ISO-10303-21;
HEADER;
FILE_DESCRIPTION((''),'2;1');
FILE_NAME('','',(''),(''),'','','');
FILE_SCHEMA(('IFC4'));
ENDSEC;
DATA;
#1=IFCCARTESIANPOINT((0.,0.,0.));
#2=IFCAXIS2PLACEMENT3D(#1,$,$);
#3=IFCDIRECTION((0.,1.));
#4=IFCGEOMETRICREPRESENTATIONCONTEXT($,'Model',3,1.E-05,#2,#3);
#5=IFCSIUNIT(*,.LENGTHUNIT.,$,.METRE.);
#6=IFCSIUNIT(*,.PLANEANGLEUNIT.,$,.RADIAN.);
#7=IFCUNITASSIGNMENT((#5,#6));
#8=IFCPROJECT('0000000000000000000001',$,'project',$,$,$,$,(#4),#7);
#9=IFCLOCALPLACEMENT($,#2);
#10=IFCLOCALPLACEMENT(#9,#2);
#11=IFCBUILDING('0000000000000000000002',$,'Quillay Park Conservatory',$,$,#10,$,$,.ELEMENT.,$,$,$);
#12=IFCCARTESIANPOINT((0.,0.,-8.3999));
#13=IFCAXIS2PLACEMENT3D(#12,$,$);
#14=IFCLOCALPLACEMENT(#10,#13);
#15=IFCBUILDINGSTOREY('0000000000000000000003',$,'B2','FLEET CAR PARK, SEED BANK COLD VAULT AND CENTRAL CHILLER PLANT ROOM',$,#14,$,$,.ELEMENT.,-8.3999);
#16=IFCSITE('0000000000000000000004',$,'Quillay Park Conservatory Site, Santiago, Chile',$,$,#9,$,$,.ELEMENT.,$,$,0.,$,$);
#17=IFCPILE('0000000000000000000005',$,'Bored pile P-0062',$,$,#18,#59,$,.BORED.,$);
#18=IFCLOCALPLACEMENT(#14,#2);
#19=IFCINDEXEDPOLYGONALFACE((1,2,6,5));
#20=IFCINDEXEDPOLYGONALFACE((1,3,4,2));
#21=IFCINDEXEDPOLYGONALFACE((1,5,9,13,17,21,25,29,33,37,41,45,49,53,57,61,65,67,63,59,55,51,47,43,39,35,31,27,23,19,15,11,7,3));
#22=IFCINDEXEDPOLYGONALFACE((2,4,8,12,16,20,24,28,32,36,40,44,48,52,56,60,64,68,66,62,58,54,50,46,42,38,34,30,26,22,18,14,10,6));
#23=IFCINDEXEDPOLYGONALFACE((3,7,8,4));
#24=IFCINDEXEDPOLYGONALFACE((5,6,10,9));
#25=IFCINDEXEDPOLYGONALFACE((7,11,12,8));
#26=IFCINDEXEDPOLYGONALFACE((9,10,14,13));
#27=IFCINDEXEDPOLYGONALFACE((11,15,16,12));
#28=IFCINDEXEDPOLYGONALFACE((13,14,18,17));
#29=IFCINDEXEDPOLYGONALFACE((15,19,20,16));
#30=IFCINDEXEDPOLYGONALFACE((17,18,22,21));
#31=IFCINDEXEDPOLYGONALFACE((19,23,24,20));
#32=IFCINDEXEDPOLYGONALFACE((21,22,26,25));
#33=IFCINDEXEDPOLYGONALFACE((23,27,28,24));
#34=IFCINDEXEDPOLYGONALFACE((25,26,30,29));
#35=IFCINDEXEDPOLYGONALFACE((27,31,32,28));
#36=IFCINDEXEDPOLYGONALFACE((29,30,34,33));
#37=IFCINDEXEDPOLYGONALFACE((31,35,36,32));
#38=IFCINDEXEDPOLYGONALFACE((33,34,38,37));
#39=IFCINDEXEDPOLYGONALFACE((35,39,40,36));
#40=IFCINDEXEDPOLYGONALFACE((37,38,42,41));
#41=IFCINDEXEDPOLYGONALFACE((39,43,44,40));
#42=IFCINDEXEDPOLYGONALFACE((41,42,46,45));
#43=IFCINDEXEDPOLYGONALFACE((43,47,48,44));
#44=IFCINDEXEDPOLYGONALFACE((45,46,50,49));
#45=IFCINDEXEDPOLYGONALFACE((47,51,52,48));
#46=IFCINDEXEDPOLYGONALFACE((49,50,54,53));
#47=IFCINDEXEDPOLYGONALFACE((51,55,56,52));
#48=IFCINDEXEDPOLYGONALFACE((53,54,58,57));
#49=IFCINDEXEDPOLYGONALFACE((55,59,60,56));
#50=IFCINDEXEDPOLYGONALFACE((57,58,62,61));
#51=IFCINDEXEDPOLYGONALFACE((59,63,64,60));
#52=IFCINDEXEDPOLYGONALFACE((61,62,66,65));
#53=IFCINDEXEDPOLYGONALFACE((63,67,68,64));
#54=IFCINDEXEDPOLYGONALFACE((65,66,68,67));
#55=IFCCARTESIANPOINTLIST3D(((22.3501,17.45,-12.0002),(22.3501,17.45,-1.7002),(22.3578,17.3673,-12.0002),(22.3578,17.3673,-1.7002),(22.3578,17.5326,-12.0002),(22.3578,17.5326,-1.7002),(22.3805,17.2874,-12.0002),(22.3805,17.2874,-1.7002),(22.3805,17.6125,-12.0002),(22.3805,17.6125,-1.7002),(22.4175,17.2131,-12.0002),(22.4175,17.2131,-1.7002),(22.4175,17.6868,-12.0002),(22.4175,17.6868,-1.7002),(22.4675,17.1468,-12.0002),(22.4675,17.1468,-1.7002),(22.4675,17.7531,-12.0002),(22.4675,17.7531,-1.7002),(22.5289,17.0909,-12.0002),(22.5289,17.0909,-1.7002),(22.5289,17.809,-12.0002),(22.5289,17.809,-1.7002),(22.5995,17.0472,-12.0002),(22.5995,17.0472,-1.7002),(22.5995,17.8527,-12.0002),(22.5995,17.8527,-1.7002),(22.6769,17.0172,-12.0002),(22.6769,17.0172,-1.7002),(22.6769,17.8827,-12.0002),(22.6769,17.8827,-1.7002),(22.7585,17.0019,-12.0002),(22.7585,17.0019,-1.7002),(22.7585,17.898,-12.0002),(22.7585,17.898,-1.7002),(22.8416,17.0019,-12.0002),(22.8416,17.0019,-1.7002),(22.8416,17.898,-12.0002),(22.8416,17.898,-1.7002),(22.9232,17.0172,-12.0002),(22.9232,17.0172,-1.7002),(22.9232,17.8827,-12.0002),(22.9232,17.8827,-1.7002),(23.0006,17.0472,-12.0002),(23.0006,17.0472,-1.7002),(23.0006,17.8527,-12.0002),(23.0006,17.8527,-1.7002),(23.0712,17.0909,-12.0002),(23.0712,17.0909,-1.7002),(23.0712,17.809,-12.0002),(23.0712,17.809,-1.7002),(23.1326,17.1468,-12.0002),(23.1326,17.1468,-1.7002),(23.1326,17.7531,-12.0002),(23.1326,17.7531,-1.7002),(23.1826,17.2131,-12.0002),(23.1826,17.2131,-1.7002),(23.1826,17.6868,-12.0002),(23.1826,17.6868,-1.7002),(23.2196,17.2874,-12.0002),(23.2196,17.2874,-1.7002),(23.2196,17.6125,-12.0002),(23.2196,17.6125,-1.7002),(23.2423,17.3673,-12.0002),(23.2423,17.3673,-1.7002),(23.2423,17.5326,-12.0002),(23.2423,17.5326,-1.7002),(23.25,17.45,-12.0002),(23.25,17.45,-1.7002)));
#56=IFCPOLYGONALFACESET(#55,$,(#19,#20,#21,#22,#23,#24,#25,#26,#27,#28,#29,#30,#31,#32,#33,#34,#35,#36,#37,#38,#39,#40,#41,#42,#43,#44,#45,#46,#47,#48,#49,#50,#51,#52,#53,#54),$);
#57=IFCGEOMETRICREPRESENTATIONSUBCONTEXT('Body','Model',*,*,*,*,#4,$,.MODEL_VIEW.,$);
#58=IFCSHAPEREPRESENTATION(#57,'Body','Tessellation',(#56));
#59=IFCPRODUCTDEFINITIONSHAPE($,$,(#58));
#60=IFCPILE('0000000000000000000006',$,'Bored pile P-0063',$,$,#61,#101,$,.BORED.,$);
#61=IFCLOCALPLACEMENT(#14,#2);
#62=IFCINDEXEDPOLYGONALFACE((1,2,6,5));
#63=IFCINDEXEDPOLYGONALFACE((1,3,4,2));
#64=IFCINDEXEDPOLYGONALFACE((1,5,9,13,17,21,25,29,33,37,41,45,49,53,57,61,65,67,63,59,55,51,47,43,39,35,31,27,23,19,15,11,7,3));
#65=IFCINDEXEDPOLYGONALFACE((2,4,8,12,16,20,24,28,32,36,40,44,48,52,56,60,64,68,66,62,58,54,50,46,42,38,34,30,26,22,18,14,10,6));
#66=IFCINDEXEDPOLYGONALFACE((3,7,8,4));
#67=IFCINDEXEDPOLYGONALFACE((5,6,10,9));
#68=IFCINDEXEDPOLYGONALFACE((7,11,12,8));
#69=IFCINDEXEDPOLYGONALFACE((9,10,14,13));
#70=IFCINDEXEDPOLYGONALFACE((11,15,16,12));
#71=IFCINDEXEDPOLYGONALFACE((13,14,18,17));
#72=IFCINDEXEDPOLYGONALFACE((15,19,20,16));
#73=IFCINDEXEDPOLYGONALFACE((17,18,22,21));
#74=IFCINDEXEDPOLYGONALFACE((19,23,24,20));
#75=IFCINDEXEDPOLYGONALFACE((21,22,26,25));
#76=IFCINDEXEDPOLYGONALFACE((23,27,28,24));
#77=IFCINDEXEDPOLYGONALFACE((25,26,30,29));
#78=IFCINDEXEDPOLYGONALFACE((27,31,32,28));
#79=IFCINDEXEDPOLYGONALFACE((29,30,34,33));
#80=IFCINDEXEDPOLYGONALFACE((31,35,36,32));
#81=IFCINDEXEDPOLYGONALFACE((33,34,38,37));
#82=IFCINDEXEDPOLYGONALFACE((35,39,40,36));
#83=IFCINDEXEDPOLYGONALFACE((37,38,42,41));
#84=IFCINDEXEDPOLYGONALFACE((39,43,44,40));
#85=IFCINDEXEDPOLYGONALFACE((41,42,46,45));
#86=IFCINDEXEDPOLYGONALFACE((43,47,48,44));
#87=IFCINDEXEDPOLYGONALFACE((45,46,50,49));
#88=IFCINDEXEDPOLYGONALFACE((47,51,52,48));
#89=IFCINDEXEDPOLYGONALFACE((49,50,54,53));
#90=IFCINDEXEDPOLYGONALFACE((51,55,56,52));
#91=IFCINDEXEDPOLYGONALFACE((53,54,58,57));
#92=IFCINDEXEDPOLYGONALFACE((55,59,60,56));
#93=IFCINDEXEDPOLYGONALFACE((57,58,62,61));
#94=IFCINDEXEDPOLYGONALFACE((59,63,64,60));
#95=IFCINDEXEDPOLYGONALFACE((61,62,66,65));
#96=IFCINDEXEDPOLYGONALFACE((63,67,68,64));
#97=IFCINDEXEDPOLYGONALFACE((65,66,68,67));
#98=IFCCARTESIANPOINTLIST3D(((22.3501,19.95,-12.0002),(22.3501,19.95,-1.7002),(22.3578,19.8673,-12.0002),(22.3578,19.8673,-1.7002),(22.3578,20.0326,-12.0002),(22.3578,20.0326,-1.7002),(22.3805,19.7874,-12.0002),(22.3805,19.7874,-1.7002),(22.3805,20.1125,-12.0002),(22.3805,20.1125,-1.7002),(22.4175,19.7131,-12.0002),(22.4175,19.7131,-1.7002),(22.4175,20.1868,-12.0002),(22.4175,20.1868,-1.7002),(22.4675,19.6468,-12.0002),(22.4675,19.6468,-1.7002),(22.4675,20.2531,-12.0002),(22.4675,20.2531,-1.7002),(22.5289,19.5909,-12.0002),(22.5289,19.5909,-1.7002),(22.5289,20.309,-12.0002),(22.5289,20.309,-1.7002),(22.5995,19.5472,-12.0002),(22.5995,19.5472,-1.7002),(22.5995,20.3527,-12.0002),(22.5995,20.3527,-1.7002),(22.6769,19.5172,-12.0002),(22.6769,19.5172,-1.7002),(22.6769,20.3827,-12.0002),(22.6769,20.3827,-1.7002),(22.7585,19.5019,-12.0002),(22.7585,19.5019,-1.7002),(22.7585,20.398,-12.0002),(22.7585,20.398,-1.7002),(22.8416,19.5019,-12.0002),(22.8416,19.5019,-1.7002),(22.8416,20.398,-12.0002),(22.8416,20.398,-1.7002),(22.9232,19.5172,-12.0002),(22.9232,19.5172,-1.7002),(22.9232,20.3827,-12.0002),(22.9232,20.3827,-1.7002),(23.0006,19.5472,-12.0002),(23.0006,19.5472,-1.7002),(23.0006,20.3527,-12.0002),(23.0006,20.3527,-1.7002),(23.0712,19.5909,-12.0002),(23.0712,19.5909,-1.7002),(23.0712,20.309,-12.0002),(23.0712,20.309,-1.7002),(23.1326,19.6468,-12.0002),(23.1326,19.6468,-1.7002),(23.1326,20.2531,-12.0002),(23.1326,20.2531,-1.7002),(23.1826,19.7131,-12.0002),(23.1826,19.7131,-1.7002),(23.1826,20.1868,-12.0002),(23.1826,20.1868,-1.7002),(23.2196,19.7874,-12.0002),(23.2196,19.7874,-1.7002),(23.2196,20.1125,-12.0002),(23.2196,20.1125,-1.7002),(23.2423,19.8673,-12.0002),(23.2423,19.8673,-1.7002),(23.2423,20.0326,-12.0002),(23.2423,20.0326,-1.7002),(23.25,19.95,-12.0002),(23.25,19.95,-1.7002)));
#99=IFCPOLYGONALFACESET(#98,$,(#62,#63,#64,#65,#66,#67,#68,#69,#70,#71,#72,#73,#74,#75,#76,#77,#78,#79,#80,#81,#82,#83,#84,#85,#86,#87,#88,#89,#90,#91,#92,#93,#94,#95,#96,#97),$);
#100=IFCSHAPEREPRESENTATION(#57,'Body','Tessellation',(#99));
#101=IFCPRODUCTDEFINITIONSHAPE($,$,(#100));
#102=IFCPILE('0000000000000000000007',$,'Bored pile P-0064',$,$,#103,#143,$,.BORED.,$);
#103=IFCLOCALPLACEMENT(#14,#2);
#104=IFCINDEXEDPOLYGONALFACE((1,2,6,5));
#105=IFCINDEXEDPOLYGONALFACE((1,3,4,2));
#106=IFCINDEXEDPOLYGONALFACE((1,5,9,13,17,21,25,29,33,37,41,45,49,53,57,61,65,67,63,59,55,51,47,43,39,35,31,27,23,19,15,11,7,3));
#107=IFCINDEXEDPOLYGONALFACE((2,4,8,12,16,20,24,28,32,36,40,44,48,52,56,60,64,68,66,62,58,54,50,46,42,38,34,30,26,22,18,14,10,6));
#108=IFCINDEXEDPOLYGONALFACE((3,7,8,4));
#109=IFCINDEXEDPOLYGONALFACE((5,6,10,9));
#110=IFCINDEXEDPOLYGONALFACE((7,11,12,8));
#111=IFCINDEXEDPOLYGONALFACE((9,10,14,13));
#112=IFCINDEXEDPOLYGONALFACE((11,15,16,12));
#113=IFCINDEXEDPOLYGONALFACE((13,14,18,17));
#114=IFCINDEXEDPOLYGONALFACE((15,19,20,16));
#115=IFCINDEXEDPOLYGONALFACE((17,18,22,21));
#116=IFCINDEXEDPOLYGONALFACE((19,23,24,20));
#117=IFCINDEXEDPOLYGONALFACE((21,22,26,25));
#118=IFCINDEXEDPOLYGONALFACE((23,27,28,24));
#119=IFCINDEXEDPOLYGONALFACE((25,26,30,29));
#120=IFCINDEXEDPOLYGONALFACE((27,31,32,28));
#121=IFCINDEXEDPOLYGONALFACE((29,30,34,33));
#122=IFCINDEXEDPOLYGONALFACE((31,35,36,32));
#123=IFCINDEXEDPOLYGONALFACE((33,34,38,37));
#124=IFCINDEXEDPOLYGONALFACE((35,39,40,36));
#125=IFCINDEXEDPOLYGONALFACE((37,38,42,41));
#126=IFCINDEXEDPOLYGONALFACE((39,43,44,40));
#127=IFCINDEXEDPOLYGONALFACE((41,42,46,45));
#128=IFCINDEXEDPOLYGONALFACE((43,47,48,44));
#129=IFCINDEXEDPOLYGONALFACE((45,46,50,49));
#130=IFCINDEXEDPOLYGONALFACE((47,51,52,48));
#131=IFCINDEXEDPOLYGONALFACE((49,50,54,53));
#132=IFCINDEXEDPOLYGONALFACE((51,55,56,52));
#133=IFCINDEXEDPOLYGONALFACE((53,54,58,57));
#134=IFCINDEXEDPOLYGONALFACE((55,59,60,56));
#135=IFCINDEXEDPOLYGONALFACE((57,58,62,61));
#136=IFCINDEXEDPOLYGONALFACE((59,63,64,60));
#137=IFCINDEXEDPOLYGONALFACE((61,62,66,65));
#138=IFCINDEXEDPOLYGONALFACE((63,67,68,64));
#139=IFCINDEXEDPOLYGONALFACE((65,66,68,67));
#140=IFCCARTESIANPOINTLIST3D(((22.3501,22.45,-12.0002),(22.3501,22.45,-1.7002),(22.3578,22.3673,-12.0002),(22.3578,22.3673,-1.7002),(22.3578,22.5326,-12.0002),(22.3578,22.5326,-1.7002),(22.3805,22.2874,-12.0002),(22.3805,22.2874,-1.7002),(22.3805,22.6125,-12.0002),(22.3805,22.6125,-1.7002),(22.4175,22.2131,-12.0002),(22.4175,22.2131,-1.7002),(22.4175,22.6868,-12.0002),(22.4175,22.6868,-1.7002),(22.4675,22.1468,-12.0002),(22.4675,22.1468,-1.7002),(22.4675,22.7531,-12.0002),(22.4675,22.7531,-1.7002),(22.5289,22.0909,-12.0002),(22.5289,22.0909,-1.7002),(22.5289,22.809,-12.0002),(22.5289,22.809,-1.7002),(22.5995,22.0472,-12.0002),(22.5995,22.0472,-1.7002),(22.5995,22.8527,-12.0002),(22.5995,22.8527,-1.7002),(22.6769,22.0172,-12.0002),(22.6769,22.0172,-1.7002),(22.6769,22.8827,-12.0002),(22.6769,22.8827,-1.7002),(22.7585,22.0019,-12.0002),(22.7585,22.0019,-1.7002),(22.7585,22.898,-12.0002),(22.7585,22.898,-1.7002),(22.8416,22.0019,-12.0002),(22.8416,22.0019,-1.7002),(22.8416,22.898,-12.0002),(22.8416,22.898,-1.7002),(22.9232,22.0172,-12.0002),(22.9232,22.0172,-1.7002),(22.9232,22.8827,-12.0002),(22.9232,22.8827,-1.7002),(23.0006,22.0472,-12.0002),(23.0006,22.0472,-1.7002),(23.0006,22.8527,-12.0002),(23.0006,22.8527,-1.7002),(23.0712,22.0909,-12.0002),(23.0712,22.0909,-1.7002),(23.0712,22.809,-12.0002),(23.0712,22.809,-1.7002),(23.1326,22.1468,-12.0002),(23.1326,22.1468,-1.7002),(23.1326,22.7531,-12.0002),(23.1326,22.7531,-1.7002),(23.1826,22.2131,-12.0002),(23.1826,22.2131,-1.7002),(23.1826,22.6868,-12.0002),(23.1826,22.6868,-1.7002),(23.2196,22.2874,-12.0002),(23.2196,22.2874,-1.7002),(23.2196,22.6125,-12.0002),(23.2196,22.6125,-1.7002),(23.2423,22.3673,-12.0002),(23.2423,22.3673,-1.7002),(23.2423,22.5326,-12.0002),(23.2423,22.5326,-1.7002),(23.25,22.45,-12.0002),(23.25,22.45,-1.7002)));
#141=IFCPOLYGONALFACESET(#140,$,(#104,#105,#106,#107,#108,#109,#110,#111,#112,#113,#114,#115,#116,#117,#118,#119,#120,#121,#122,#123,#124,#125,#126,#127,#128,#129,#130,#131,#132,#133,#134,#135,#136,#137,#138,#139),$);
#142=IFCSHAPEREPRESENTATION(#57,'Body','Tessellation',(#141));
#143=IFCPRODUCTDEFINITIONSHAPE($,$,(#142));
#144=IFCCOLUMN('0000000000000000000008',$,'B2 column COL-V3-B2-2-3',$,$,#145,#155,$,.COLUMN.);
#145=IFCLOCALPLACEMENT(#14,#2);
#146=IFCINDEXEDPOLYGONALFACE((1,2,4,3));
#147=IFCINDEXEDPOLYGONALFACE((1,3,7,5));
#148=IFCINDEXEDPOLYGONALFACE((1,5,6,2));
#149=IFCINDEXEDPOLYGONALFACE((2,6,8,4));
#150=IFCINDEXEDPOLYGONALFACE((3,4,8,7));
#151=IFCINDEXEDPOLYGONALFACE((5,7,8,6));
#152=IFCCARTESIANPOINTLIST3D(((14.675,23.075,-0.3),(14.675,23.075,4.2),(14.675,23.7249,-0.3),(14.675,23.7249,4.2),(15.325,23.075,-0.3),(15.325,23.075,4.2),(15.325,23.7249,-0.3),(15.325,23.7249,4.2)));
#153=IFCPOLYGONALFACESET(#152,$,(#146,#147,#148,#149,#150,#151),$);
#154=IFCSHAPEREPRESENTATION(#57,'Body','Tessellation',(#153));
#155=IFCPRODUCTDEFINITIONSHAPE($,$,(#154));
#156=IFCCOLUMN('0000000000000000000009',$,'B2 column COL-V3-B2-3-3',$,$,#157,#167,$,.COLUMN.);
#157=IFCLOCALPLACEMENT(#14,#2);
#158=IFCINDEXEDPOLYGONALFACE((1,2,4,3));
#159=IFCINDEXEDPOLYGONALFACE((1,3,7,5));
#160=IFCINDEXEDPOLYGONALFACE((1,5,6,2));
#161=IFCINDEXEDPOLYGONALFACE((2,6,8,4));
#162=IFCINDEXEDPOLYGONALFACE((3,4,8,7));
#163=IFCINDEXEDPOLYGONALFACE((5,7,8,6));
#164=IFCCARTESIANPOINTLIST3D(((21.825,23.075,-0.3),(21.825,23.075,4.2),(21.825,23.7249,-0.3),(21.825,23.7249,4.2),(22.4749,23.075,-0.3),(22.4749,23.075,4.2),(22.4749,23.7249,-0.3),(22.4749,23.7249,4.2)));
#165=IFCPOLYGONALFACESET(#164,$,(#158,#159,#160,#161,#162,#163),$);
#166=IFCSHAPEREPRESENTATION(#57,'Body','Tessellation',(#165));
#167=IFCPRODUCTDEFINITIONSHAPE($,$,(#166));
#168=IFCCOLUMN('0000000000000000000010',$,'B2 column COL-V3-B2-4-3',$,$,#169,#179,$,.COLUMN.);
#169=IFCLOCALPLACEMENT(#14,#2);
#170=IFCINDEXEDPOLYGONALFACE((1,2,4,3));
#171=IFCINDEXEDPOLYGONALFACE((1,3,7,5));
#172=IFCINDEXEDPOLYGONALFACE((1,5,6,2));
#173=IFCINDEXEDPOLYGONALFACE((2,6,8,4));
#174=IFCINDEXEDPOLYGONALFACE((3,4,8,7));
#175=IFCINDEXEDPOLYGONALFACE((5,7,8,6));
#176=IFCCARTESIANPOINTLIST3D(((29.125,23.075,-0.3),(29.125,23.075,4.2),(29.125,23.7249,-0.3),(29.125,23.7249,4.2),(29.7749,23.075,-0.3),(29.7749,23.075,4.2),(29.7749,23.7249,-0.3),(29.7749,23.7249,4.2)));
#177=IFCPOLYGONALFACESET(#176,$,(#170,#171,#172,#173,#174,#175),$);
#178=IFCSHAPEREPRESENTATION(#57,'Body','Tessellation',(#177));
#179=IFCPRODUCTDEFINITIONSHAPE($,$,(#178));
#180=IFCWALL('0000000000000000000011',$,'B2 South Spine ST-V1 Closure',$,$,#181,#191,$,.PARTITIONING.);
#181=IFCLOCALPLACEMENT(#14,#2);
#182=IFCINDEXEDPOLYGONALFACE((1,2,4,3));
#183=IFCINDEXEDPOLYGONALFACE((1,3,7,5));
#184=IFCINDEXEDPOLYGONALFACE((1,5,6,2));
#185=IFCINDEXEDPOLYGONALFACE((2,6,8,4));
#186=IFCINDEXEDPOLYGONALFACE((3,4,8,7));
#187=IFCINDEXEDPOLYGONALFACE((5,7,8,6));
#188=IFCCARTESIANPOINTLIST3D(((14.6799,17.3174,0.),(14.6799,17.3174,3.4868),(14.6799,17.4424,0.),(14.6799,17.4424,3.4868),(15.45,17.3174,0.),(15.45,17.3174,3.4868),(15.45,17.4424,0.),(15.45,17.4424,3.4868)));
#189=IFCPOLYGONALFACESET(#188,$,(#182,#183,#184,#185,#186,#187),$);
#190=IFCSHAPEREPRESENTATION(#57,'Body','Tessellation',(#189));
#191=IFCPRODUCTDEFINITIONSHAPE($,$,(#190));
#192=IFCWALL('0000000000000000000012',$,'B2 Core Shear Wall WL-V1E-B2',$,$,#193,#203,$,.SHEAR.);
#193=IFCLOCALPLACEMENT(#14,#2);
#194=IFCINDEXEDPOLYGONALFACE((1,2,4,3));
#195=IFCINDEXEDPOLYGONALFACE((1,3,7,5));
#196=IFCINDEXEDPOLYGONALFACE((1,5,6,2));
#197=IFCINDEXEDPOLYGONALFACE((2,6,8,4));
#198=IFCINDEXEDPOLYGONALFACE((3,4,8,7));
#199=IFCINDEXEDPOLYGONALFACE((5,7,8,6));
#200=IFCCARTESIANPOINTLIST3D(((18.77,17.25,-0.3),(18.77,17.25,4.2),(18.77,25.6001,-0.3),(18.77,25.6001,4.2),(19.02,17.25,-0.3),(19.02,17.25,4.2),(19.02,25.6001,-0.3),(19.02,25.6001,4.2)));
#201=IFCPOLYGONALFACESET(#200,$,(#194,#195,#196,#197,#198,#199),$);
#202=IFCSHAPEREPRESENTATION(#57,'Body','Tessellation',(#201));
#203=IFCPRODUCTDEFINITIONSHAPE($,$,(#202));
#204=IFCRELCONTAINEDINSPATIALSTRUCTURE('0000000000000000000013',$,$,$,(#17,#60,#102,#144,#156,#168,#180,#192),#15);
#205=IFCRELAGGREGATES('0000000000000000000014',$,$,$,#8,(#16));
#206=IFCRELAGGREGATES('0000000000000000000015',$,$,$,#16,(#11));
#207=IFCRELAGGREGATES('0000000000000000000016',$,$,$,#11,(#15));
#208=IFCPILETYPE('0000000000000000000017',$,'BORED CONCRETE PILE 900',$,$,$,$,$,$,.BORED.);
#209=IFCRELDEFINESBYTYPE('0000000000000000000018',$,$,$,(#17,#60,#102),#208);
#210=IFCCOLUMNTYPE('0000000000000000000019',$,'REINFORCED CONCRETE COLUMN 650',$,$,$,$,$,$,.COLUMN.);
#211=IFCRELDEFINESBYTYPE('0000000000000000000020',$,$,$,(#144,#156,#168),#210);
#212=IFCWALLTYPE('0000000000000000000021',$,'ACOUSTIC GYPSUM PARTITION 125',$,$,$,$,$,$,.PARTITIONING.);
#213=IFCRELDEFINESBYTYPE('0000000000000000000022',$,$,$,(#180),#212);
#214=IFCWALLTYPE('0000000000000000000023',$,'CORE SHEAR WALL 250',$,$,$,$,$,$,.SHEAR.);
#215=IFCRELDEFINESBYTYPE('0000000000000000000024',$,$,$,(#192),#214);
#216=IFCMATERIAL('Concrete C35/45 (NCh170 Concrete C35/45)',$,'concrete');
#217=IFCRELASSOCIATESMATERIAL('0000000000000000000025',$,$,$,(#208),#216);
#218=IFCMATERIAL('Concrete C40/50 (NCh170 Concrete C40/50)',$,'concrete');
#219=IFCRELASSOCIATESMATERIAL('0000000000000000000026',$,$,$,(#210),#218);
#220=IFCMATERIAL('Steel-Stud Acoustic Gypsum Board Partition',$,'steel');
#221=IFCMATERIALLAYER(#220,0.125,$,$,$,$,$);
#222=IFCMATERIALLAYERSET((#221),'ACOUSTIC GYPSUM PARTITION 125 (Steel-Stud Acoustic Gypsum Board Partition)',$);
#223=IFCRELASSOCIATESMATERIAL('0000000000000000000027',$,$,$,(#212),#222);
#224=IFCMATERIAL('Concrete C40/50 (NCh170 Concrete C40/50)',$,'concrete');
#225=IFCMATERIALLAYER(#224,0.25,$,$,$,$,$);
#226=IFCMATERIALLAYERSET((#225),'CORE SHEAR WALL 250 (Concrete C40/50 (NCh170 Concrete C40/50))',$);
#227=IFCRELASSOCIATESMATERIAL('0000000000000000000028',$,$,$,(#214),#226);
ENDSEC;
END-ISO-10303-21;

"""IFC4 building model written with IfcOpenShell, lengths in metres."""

from ifc_helpers import new_model, si_unit, direction, frame, frame_2d, origin, origin_2d, place, context, subcontext, project, spatial, rectangle, circle, extrude, material, layer, layer_set, material_profile, profile_set, type_object, element, save


model = new_model("IFC4")

# Units and contexts
model_context = context("Model", 3, precision=1e-05, world=origin(), true_north=direction((0.0, 1.0)))
body_context = subcontext(model_context, "Body", "Model", "MODEL_VIEW")
ifc_project = project(units=[si_unit("LENGTHUNIT", "METRE"), si_unit("PLANEANGLEUNIT", "RADIAN")], contexts=[model_context])

# Site, building, storey
site_placement = place(None, origin())
site = spatial("IfcSite", under=ifc_project, at=site_placement, Name="Quillay Park Conservatory Site, Santiago, Chile", CompositionType="ELEMENT", RefElevation=0.0)
building_placement = place(site_placement, origin())
building = spatial("IfcBuilding", under=site, at=building_placement, Name="Quillay Park Conservatory", CompositionType="ELEMENT")
storey_placement = place(building_placement, frame((0.0, 0.0, -8.3999)))
storey = spatial("IfcBuildingStorey", under=building, at=storey_placement, Name="B2", Description="FLEET CAR PARK, SEED BANK COLD VAULT AND CENTRAL CHILLER PLANT ROOM", CompositionType="ELEMENT", Elevation=-8.3999)

# Piles
ifc_material_1 = material(Name="Concrete C35/45 (NCh170 Concrete C35/45)", Category="concrete")
ifc_material_profile_1 = material_profile(ifc_material_1, circle(Radius=0.45, at=origin_2d()), Name="PILE900")
ifc_profile_set_1 = profile_set([ifc_material_profile_1], Name="Concrete C35/45 (NCh170 Concrete C35/45)")
pile_type = type_object("IfcPileType", Name="BORED CONCRETE PILE 900", PredefinedType="BORED", material=ifc_profile_set_1)
for number, where, z_axis, x_axis, name in (
    (1, (22.8, 17.45, -1.7002), (0.0, 0.0, -1.0), (1.0, 0.0, 0.0), "Bored pile P-0062"),
    (2, (22.8, 19.95, -1.7002), (0.0, 0.0, -1.0), (1.0, 0.0, 0.0), "Bored pile P-0063"),
    (3, (22.8, 22.45, -1.7002), (0.0, 0.0, -1.0), (1.0, 0.0, 0.0), "Bored pile P-0064"),
):
    element("IfcPile", number, at=place(storey_placement, frame(where, z_axis=z_axis, x_axis=x_axis)), inside=storey, type_object=pile_type, Name=name, PredefinedType="BORED", context=body_context, shape_type="SweptSolid", body=[
        extrude(circle(Radius=0.45, at=origin_2d()), origin(), (0.0, 0.0, 1.0), 10.3),
    ])

# Columns
ifc_material_2 = material(Name="Concrete C40/50 (NCh170 Concrete C40/50)", Category="concrete")
ifc_material_profile_2 = material_profile(ifc_material_2, rectangle(XDim=0.6499, YDim=0.6499, at=origin_2d()), Name="RC650x650")
ifc_profile_set_2 = profile_set([ifc_material_profile_2], Name="Concrete C40/50 (NCh170 Concrete C40/50)")
column_type = type_object("IfcColumnType", Name="REINFORCED CONCRETE COLUMN 650", PredefinedType="COLUMN", material=ifc_profile_set_2)
for number, where, z_axis, x_axis, name in (
    (4, (15.0, 23.3999, -0.3), (0.0, 0.0, 1.0), (1.0, 0.0, 0.0), "B2 column COL-V3-B2-2-3"),
    (5, (22.1499, 23.3999, -0.3), (0.0, 0.0, 1.0), (1.0, 0.0, 0.0), "B2 column COL-V3-B2-3-3"),
    (6, (29.45, 23.3999, -0.3), (0.0, 0.0, 1.0), (1.0, 0.0, 0.0), "B2 column COL-V3-B2-4-3"),
):
    element("IfcColumn", number, at=place(storey_placement, frame(where, z_axis=z_axis, x_axis=x_axis)), inside=storey, type_object=column_type, Name=name, PredefinedType="COLUMN", context=body_context, shape_type="SweptSolid", body=[
        extrude(rectangle(XDim=0.6499, YDim=0.6499, at=origin_2d()), origin(), (0.0, 0.0, 1.0), 4.5),
    ])

# Walls
ifc_material_3 = material(Name="Steel-Stud Acoustic Gypsum Board Partition", Category="steel")
ifc_layer_1 = layer(ifc_material_3, 0.125)
ifc_layer_set_1 = layer_set([ifc_layer_1], Name="ACOUSTIC GYPSUM PARTITION 125 (Steel-Stud Acoustic Gypsum Board Partition)")
wall_type_1 = type_object("IfcWallType", Name="ACOUSTIC GYPSUM PARTITION 125", PredefinedType="PARTITIONING", material=ifc_layer_set_1)
wall_1_placement = place(storey_placement, frame((14.6799, 17.3799, 0.0), z_axis=(0.0, 0.0, 1.0), x_axis=(1.0, 0.0, 0.0)))
element("IfcWall", 7, at=wall_1_placement, inside=storey, type_object=wall_type_1, Name="B2 South Spine ST-V1 Closure", PredefinedType="PARTITIONING", context=body_context, shape_type="SweptSolid", body=[
    extrude(rectangle(XDim=0.77, YDim=0.125, at=frame_2d((0.385, 0.0))), origin(), (0.0, 0.0, 1.0), 3.4868),
])
ifc_material_4 = material(Name="Concrete C40/50 (NCh170 Concrete C40/50)", Category="concrete")
ifc_layer_2 = layer(ifc_material_4, 0.25)
ifc_layer_set_2 = layer_set([ifc_layer_2], Name="CORE SHEAR WALL 250 (Concrete C40/50 (NCh170 Concrete C40/50))")
wall_type_2 = type_object("IfcWallType", Name="CORE SHEAR WALL 250", PredefinedType="SHEAR", material=ifc_layer_set_2)
wall_2_placement = place(storey_placement, frame((18.895, 17.25, -0.3), z_axis=(0.0, 0.0, 1.0), x_axis=(0.0, 1.0, 0.0)))
element("IfcWall", 8, at=wall_2_placement, inside=storey, type_object=wall_type_2, Name="B2 Core Shear Wall WL-V1E-B2", PredefinedType="SHEAR", context=body_context, shape_type="SweptSolid", body=[
    extrude(rectangle(XDim=8.3501, YDim=0.25, at=frame_2d((4.175, 0.0))), origin(), (0.0, 0.0, 1.0), 4.5),
])

save(model, "model.ifc")
